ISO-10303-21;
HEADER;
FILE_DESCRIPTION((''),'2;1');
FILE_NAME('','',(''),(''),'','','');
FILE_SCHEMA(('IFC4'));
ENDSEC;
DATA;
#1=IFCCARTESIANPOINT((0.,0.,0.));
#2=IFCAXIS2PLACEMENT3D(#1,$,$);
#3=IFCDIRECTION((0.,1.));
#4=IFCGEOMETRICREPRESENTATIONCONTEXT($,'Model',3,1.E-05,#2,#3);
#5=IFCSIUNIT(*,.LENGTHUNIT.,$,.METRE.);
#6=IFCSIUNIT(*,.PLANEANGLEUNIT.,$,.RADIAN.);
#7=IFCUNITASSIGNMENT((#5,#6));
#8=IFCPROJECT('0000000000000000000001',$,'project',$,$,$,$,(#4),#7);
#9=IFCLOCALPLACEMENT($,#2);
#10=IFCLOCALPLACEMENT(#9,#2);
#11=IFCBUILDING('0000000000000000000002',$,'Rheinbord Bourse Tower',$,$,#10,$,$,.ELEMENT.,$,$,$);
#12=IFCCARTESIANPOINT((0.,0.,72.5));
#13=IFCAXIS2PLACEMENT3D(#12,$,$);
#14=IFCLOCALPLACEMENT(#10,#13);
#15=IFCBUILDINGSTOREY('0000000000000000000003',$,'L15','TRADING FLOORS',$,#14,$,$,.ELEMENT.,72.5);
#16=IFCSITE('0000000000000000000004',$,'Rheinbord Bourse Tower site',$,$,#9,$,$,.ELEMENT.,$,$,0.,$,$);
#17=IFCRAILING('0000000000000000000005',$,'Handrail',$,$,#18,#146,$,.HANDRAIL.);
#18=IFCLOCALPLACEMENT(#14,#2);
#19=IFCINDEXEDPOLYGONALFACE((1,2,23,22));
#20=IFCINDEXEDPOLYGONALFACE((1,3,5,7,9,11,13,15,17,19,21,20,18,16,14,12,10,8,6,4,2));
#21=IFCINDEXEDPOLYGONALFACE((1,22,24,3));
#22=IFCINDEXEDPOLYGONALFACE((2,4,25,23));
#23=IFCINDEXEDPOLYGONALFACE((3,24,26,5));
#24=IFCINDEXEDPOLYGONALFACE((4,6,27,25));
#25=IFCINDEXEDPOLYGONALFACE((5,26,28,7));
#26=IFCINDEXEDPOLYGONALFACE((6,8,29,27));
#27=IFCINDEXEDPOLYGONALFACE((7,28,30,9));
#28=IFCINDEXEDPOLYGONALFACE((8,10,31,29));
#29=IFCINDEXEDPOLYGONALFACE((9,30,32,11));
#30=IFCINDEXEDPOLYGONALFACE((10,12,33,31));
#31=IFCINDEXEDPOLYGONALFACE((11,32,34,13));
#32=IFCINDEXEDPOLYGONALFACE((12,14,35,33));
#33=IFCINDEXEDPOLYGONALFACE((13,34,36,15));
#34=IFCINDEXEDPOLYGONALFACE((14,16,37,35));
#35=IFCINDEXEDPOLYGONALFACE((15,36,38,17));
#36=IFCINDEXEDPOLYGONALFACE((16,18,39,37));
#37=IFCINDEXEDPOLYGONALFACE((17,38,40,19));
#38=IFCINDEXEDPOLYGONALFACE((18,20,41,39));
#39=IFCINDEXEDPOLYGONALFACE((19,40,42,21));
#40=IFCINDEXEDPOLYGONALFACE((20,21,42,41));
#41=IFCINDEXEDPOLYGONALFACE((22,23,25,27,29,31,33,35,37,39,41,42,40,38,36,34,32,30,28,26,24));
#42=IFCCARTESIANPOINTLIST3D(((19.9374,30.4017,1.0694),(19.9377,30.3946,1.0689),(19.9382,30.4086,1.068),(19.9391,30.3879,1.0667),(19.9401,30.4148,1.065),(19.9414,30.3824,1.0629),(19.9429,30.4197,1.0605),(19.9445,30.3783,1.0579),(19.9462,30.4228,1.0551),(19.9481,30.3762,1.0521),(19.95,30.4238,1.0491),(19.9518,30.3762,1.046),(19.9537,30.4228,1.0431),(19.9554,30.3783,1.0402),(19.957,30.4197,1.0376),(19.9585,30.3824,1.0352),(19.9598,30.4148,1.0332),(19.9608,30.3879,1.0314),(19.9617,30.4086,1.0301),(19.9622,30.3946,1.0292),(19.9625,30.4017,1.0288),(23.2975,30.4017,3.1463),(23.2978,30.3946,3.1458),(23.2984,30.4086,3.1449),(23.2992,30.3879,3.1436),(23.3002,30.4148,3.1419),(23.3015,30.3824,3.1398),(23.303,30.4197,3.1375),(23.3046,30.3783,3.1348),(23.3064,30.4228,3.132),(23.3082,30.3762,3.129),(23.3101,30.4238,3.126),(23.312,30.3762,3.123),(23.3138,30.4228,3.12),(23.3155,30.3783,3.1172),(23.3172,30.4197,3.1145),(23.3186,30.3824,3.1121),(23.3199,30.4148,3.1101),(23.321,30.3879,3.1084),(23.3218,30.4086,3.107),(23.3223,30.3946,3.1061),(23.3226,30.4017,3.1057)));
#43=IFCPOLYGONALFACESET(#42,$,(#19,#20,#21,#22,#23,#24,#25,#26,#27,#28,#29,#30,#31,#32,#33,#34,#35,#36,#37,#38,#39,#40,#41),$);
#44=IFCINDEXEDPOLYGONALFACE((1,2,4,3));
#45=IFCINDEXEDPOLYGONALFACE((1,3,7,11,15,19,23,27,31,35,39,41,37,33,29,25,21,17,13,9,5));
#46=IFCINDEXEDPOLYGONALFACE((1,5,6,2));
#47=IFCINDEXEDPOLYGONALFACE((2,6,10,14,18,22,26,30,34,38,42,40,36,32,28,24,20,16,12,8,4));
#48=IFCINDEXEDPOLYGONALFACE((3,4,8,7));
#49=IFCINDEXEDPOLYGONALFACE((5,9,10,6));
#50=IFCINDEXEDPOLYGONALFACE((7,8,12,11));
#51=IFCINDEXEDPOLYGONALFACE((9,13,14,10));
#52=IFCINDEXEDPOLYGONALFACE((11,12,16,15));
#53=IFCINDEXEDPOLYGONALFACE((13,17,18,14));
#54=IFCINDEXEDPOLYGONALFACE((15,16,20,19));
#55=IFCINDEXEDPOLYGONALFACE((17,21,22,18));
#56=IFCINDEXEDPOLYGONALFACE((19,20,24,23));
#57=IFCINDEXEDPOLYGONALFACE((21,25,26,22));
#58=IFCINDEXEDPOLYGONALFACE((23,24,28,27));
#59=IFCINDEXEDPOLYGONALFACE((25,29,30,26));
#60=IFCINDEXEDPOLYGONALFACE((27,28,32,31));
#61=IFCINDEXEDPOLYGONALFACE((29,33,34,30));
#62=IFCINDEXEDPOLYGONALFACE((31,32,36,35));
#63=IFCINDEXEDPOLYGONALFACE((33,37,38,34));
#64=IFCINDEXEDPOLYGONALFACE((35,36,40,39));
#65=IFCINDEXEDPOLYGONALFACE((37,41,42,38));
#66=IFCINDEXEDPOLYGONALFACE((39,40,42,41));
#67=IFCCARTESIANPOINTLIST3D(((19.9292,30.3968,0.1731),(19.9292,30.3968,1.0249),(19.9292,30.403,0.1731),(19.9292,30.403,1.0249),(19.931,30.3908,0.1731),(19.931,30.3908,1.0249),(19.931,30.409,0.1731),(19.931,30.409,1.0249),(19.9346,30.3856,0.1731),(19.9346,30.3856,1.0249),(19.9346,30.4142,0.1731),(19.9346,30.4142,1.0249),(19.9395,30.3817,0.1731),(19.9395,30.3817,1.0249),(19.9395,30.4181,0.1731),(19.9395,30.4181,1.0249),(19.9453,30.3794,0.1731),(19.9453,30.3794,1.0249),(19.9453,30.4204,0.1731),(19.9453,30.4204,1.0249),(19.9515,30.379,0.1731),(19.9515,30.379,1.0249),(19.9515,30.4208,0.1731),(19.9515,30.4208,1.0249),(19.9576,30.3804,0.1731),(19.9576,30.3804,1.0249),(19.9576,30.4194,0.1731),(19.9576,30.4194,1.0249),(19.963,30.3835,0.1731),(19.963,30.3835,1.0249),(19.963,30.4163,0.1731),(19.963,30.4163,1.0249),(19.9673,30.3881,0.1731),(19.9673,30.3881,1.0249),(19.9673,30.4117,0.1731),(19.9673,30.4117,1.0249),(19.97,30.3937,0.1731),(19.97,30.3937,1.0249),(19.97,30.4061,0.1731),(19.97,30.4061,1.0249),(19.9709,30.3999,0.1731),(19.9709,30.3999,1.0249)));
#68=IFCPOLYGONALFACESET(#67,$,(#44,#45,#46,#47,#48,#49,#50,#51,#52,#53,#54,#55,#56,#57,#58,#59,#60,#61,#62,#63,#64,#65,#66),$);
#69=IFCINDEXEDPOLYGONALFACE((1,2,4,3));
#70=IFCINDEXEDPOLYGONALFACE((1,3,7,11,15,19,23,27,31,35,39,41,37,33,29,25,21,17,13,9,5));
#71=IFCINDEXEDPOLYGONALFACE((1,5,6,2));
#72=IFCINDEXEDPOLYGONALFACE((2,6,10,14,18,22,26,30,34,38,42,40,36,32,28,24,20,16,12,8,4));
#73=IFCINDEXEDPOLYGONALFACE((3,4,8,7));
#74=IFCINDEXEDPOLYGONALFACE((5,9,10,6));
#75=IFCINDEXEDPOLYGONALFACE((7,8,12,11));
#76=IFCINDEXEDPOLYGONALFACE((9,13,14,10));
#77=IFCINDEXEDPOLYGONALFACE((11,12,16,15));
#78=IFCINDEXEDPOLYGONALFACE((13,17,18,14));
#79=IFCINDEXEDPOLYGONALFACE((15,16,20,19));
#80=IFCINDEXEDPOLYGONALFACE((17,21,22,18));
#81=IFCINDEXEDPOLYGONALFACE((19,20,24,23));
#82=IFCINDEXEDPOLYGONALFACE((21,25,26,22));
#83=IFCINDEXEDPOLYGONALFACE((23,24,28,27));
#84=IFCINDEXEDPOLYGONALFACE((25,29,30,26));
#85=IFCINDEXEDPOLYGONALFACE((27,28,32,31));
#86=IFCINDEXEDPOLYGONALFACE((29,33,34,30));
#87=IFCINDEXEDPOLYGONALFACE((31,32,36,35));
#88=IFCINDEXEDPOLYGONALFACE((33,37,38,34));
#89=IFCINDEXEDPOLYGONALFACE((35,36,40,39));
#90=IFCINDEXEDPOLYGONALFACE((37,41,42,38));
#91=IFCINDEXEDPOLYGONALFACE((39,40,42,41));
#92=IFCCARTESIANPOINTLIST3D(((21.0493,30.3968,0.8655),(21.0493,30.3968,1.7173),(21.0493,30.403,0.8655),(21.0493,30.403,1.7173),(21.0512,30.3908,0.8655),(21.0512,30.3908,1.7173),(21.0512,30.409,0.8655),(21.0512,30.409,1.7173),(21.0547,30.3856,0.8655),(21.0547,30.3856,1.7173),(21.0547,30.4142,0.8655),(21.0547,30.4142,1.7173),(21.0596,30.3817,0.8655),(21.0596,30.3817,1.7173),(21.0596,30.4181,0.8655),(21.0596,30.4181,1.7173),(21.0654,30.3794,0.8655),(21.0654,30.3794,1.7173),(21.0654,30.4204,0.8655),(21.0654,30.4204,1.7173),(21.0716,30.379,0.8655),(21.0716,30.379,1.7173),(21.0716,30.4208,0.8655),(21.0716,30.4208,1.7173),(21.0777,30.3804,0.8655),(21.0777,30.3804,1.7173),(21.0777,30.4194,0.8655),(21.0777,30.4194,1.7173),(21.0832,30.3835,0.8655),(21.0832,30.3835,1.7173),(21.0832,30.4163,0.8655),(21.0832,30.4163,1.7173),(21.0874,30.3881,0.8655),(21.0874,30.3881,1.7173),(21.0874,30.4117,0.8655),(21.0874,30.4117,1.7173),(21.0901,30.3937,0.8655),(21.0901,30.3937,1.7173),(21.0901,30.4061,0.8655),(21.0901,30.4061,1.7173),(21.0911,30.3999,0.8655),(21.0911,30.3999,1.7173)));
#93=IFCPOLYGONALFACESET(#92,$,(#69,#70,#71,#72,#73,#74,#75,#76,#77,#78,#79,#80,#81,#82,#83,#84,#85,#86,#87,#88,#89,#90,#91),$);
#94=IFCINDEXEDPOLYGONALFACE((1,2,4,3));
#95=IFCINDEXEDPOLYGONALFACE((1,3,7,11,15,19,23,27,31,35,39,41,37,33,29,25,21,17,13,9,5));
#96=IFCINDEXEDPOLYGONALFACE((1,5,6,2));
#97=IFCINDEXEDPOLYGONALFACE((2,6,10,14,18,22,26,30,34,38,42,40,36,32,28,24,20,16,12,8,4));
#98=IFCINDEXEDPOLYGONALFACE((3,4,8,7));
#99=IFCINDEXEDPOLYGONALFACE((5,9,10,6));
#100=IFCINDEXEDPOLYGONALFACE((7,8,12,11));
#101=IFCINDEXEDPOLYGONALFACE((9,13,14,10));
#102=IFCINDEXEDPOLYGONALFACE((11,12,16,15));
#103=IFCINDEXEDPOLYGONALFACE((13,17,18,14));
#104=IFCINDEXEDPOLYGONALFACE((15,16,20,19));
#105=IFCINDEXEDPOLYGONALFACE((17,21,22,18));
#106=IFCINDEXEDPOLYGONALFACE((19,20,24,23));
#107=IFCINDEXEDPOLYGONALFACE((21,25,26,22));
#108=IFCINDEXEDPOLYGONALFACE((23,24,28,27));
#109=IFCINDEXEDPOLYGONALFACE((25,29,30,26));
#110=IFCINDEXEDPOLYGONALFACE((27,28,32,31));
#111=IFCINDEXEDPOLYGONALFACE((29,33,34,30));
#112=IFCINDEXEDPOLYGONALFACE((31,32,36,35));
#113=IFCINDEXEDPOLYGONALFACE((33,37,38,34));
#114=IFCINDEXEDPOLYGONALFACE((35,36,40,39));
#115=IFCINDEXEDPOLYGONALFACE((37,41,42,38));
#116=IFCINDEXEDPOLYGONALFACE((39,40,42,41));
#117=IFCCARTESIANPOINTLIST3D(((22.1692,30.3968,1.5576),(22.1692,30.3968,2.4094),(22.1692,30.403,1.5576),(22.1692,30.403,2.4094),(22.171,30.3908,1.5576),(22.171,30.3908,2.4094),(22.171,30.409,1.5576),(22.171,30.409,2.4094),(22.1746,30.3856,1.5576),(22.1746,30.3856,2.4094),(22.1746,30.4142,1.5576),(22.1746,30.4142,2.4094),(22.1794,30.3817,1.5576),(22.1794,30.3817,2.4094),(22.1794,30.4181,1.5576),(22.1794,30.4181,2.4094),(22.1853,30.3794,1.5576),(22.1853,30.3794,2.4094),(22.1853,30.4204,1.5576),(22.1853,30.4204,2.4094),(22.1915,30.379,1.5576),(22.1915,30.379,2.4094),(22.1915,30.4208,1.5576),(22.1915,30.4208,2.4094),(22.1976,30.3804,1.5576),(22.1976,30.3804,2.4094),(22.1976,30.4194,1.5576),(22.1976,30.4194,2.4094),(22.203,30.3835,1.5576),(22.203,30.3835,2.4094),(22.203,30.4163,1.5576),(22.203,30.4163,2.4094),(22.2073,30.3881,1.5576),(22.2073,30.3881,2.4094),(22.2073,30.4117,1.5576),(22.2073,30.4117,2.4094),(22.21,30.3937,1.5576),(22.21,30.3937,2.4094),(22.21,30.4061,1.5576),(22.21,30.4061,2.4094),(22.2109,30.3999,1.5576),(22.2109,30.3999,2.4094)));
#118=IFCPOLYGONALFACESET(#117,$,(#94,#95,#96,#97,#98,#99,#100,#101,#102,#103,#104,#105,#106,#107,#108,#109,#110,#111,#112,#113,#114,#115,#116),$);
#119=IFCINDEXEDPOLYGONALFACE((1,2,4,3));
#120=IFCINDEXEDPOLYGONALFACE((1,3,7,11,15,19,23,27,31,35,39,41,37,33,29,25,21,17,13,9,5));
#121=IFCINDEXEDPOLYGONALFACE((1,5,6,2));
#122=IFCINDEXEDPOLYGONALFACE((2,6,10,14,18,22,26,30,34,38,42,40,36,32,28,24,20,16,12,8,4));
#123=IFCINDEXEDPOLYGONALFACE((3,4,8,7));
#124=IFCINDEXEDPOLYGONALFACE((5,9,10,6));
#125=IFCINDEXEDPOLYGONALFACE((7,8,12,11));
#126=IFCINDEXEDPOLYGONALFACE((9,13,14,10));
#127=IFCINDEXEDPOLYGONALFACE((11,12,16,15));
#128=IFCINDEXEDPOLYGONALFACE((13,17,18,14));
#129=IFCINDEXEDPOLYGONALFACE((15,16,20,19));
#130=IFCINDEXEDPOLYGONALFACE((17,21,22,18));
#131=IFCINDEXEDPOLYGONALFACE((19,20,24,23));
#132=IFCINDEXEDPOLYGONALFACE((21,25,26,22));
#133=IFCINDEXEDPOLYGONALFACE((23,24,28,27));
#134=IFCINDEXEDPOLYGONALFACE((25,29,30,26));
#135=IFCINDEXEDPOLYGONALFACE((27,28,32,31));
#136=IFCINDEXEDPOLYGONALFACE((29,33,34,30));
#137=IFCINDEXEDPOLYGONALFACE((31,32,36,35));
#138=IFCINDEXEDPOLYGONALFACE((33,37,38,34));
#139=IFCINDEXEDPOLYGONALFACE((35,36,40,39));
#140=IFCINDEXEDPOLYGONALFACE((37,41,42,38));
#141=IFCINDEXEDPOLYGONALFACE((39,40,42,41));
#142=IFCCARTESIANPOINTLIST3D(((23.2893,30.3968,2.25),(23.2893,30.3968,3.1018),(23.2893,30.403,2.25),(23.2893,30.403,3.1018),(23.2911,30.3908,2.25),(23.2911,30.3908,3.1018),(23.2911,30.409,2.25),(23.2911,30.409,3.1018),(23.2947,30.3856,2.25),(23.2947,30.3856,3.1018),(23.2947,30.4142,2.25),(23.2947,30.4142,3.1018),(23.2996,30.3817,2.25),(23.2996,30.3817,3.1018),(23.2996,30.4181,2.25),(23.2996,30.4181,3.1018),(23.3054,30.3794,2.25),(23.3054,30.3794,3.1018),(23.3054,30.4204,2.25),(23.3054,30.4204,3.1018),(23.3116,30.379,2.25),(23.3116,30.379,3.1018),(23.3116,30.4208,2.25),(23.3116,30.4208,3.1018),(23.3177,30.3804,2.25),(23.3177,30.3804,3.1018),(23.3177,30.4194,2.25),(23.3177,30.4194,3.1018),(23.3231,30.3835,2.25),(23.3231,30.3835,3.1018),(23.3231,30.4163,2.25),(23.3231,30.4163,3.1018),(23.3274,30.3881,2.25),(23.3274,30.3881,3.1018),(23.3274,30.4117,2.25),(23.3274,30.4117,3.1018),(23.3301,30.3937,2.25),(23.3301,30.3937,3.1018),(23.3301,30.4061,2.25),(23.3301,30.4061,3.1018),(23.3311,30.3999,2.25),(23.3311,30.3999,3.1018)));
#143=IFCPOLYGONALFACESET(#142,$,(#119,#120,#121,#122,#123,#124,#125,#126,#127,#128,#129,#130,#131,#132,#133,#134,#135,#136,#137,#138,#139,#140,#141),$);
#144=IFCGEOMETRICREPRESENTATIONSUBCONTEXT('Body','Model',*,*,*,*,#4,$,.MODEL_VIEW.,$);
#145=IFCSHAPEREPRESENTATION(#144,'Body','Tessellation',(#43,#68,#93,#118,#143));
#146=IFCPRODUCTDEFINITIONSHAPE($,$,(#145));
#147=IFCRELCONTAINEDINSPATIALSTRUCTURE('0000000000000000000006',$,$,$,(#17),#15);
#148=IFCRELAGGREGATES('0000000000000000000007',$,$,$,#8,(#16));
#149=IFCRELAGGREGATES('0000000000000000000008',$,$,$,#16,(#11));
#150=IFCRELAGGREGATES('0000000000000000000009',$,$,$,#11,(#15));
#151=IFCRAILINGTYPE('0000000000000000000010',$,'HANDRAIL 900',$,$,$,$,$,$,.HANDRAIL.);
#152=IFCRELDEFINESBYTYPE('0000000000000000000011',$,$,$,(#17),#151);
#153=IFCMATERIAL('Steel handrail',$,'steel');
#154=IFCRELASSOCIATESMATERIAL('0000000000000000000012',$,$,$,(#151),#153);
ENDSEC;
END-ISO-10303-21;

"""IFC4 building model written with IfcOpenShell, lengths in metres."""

from ifc_helpers import new_model, si_unit, direction, frame, origin, origin_2d, place, context, subcontext, project, spatial, circle, extrude, material, type_object, element, save


model = new_model("IFC4")

# Units and contexts
model_context = context("Model", 3, precision=1e-05, world=origin(), true_north=direction((0.0, 1.0)))
body_context = subcontext(model_context, "Body", "Model", "MODEL_VIEW")
ifc_project = project(units=[si_unit("LENGTHUNIT", "METRE"), si_unit("PLANEANGLEUNIT", "RADIAN")], contexts=[model_context])

# Site, building, storey
site_placement = place(None, origin())
site = spatial("IfcSite", under=ifc_project, at=site_placement, Name="Rheinbord Bourse Tower site", CompositionType="ELEMENT", RefElevation=0.0)
building_placement = place(site_placement, origin())
building = spatial("IfcBuilding", under=site, at=building_placement, Name="Rheinbord Bourse Tower", CompositionType="ELEMENT")
storey_placement = place(building_placement, frame((0.0, 0.0, 72.5)))
storey = spatial("IfcBuildingStorey", under=building, at=storey_placement, Name="L15", Description="TRADING FLOORS", CompositionType="ELEMENT", Elevation=72.5)

# Railing
ifc_material_1 = material(Name="Steel handrail", Category="steel")
railing_type = type_object("IfcRailingType", Name="HANDRAIL 900", PredefinedType="HANDRAIL", material=ifc_material_1)
railing_1_placement = place(storey_placement, frame((19.95, 30.3999, 0.1731)))
element("IfcRailing", 1, at=railing_1_placement, inside=storey, type_object=railing_type, Name="Handrail", PredefinedType="HANDRAIL", context=body_context, shape_type="SweptSolid", body=[
    extrude(circle(Radius=0.0239, at=origin_2d()), frame((0.0, 0.0, 0.876), z_axis=(0.850623, 0.0, 0.525776), x_axis=(0.0, 1.0, 0.0)), (0.0, 0.0, 1.0), 3.9502),
    extrude(circle(Radius=0.021, at=origin_2d()), origin(), (0.0, 0.0, 1.0), 0.8518),
    extrude(circle(Radius=0.021, at=origin_2d()), frame((1.1201, 0.0, 0.6924)), (0.0, 0.0, 1.0), 0.8518),
    extrude(circle(Radius=0.021, at=origin_2d()), frame((2.24, 0.0, 1.3845)), (0.0, 0.0, 1.0), 0.8518),
    extrude(circle(Radius=0.021, at=origin_2d()), frame((3.3601, 0.0, 2.0769)), (0.0, 0.0, 1.0), 0.8518),
])

save(model, "model.ifc")
